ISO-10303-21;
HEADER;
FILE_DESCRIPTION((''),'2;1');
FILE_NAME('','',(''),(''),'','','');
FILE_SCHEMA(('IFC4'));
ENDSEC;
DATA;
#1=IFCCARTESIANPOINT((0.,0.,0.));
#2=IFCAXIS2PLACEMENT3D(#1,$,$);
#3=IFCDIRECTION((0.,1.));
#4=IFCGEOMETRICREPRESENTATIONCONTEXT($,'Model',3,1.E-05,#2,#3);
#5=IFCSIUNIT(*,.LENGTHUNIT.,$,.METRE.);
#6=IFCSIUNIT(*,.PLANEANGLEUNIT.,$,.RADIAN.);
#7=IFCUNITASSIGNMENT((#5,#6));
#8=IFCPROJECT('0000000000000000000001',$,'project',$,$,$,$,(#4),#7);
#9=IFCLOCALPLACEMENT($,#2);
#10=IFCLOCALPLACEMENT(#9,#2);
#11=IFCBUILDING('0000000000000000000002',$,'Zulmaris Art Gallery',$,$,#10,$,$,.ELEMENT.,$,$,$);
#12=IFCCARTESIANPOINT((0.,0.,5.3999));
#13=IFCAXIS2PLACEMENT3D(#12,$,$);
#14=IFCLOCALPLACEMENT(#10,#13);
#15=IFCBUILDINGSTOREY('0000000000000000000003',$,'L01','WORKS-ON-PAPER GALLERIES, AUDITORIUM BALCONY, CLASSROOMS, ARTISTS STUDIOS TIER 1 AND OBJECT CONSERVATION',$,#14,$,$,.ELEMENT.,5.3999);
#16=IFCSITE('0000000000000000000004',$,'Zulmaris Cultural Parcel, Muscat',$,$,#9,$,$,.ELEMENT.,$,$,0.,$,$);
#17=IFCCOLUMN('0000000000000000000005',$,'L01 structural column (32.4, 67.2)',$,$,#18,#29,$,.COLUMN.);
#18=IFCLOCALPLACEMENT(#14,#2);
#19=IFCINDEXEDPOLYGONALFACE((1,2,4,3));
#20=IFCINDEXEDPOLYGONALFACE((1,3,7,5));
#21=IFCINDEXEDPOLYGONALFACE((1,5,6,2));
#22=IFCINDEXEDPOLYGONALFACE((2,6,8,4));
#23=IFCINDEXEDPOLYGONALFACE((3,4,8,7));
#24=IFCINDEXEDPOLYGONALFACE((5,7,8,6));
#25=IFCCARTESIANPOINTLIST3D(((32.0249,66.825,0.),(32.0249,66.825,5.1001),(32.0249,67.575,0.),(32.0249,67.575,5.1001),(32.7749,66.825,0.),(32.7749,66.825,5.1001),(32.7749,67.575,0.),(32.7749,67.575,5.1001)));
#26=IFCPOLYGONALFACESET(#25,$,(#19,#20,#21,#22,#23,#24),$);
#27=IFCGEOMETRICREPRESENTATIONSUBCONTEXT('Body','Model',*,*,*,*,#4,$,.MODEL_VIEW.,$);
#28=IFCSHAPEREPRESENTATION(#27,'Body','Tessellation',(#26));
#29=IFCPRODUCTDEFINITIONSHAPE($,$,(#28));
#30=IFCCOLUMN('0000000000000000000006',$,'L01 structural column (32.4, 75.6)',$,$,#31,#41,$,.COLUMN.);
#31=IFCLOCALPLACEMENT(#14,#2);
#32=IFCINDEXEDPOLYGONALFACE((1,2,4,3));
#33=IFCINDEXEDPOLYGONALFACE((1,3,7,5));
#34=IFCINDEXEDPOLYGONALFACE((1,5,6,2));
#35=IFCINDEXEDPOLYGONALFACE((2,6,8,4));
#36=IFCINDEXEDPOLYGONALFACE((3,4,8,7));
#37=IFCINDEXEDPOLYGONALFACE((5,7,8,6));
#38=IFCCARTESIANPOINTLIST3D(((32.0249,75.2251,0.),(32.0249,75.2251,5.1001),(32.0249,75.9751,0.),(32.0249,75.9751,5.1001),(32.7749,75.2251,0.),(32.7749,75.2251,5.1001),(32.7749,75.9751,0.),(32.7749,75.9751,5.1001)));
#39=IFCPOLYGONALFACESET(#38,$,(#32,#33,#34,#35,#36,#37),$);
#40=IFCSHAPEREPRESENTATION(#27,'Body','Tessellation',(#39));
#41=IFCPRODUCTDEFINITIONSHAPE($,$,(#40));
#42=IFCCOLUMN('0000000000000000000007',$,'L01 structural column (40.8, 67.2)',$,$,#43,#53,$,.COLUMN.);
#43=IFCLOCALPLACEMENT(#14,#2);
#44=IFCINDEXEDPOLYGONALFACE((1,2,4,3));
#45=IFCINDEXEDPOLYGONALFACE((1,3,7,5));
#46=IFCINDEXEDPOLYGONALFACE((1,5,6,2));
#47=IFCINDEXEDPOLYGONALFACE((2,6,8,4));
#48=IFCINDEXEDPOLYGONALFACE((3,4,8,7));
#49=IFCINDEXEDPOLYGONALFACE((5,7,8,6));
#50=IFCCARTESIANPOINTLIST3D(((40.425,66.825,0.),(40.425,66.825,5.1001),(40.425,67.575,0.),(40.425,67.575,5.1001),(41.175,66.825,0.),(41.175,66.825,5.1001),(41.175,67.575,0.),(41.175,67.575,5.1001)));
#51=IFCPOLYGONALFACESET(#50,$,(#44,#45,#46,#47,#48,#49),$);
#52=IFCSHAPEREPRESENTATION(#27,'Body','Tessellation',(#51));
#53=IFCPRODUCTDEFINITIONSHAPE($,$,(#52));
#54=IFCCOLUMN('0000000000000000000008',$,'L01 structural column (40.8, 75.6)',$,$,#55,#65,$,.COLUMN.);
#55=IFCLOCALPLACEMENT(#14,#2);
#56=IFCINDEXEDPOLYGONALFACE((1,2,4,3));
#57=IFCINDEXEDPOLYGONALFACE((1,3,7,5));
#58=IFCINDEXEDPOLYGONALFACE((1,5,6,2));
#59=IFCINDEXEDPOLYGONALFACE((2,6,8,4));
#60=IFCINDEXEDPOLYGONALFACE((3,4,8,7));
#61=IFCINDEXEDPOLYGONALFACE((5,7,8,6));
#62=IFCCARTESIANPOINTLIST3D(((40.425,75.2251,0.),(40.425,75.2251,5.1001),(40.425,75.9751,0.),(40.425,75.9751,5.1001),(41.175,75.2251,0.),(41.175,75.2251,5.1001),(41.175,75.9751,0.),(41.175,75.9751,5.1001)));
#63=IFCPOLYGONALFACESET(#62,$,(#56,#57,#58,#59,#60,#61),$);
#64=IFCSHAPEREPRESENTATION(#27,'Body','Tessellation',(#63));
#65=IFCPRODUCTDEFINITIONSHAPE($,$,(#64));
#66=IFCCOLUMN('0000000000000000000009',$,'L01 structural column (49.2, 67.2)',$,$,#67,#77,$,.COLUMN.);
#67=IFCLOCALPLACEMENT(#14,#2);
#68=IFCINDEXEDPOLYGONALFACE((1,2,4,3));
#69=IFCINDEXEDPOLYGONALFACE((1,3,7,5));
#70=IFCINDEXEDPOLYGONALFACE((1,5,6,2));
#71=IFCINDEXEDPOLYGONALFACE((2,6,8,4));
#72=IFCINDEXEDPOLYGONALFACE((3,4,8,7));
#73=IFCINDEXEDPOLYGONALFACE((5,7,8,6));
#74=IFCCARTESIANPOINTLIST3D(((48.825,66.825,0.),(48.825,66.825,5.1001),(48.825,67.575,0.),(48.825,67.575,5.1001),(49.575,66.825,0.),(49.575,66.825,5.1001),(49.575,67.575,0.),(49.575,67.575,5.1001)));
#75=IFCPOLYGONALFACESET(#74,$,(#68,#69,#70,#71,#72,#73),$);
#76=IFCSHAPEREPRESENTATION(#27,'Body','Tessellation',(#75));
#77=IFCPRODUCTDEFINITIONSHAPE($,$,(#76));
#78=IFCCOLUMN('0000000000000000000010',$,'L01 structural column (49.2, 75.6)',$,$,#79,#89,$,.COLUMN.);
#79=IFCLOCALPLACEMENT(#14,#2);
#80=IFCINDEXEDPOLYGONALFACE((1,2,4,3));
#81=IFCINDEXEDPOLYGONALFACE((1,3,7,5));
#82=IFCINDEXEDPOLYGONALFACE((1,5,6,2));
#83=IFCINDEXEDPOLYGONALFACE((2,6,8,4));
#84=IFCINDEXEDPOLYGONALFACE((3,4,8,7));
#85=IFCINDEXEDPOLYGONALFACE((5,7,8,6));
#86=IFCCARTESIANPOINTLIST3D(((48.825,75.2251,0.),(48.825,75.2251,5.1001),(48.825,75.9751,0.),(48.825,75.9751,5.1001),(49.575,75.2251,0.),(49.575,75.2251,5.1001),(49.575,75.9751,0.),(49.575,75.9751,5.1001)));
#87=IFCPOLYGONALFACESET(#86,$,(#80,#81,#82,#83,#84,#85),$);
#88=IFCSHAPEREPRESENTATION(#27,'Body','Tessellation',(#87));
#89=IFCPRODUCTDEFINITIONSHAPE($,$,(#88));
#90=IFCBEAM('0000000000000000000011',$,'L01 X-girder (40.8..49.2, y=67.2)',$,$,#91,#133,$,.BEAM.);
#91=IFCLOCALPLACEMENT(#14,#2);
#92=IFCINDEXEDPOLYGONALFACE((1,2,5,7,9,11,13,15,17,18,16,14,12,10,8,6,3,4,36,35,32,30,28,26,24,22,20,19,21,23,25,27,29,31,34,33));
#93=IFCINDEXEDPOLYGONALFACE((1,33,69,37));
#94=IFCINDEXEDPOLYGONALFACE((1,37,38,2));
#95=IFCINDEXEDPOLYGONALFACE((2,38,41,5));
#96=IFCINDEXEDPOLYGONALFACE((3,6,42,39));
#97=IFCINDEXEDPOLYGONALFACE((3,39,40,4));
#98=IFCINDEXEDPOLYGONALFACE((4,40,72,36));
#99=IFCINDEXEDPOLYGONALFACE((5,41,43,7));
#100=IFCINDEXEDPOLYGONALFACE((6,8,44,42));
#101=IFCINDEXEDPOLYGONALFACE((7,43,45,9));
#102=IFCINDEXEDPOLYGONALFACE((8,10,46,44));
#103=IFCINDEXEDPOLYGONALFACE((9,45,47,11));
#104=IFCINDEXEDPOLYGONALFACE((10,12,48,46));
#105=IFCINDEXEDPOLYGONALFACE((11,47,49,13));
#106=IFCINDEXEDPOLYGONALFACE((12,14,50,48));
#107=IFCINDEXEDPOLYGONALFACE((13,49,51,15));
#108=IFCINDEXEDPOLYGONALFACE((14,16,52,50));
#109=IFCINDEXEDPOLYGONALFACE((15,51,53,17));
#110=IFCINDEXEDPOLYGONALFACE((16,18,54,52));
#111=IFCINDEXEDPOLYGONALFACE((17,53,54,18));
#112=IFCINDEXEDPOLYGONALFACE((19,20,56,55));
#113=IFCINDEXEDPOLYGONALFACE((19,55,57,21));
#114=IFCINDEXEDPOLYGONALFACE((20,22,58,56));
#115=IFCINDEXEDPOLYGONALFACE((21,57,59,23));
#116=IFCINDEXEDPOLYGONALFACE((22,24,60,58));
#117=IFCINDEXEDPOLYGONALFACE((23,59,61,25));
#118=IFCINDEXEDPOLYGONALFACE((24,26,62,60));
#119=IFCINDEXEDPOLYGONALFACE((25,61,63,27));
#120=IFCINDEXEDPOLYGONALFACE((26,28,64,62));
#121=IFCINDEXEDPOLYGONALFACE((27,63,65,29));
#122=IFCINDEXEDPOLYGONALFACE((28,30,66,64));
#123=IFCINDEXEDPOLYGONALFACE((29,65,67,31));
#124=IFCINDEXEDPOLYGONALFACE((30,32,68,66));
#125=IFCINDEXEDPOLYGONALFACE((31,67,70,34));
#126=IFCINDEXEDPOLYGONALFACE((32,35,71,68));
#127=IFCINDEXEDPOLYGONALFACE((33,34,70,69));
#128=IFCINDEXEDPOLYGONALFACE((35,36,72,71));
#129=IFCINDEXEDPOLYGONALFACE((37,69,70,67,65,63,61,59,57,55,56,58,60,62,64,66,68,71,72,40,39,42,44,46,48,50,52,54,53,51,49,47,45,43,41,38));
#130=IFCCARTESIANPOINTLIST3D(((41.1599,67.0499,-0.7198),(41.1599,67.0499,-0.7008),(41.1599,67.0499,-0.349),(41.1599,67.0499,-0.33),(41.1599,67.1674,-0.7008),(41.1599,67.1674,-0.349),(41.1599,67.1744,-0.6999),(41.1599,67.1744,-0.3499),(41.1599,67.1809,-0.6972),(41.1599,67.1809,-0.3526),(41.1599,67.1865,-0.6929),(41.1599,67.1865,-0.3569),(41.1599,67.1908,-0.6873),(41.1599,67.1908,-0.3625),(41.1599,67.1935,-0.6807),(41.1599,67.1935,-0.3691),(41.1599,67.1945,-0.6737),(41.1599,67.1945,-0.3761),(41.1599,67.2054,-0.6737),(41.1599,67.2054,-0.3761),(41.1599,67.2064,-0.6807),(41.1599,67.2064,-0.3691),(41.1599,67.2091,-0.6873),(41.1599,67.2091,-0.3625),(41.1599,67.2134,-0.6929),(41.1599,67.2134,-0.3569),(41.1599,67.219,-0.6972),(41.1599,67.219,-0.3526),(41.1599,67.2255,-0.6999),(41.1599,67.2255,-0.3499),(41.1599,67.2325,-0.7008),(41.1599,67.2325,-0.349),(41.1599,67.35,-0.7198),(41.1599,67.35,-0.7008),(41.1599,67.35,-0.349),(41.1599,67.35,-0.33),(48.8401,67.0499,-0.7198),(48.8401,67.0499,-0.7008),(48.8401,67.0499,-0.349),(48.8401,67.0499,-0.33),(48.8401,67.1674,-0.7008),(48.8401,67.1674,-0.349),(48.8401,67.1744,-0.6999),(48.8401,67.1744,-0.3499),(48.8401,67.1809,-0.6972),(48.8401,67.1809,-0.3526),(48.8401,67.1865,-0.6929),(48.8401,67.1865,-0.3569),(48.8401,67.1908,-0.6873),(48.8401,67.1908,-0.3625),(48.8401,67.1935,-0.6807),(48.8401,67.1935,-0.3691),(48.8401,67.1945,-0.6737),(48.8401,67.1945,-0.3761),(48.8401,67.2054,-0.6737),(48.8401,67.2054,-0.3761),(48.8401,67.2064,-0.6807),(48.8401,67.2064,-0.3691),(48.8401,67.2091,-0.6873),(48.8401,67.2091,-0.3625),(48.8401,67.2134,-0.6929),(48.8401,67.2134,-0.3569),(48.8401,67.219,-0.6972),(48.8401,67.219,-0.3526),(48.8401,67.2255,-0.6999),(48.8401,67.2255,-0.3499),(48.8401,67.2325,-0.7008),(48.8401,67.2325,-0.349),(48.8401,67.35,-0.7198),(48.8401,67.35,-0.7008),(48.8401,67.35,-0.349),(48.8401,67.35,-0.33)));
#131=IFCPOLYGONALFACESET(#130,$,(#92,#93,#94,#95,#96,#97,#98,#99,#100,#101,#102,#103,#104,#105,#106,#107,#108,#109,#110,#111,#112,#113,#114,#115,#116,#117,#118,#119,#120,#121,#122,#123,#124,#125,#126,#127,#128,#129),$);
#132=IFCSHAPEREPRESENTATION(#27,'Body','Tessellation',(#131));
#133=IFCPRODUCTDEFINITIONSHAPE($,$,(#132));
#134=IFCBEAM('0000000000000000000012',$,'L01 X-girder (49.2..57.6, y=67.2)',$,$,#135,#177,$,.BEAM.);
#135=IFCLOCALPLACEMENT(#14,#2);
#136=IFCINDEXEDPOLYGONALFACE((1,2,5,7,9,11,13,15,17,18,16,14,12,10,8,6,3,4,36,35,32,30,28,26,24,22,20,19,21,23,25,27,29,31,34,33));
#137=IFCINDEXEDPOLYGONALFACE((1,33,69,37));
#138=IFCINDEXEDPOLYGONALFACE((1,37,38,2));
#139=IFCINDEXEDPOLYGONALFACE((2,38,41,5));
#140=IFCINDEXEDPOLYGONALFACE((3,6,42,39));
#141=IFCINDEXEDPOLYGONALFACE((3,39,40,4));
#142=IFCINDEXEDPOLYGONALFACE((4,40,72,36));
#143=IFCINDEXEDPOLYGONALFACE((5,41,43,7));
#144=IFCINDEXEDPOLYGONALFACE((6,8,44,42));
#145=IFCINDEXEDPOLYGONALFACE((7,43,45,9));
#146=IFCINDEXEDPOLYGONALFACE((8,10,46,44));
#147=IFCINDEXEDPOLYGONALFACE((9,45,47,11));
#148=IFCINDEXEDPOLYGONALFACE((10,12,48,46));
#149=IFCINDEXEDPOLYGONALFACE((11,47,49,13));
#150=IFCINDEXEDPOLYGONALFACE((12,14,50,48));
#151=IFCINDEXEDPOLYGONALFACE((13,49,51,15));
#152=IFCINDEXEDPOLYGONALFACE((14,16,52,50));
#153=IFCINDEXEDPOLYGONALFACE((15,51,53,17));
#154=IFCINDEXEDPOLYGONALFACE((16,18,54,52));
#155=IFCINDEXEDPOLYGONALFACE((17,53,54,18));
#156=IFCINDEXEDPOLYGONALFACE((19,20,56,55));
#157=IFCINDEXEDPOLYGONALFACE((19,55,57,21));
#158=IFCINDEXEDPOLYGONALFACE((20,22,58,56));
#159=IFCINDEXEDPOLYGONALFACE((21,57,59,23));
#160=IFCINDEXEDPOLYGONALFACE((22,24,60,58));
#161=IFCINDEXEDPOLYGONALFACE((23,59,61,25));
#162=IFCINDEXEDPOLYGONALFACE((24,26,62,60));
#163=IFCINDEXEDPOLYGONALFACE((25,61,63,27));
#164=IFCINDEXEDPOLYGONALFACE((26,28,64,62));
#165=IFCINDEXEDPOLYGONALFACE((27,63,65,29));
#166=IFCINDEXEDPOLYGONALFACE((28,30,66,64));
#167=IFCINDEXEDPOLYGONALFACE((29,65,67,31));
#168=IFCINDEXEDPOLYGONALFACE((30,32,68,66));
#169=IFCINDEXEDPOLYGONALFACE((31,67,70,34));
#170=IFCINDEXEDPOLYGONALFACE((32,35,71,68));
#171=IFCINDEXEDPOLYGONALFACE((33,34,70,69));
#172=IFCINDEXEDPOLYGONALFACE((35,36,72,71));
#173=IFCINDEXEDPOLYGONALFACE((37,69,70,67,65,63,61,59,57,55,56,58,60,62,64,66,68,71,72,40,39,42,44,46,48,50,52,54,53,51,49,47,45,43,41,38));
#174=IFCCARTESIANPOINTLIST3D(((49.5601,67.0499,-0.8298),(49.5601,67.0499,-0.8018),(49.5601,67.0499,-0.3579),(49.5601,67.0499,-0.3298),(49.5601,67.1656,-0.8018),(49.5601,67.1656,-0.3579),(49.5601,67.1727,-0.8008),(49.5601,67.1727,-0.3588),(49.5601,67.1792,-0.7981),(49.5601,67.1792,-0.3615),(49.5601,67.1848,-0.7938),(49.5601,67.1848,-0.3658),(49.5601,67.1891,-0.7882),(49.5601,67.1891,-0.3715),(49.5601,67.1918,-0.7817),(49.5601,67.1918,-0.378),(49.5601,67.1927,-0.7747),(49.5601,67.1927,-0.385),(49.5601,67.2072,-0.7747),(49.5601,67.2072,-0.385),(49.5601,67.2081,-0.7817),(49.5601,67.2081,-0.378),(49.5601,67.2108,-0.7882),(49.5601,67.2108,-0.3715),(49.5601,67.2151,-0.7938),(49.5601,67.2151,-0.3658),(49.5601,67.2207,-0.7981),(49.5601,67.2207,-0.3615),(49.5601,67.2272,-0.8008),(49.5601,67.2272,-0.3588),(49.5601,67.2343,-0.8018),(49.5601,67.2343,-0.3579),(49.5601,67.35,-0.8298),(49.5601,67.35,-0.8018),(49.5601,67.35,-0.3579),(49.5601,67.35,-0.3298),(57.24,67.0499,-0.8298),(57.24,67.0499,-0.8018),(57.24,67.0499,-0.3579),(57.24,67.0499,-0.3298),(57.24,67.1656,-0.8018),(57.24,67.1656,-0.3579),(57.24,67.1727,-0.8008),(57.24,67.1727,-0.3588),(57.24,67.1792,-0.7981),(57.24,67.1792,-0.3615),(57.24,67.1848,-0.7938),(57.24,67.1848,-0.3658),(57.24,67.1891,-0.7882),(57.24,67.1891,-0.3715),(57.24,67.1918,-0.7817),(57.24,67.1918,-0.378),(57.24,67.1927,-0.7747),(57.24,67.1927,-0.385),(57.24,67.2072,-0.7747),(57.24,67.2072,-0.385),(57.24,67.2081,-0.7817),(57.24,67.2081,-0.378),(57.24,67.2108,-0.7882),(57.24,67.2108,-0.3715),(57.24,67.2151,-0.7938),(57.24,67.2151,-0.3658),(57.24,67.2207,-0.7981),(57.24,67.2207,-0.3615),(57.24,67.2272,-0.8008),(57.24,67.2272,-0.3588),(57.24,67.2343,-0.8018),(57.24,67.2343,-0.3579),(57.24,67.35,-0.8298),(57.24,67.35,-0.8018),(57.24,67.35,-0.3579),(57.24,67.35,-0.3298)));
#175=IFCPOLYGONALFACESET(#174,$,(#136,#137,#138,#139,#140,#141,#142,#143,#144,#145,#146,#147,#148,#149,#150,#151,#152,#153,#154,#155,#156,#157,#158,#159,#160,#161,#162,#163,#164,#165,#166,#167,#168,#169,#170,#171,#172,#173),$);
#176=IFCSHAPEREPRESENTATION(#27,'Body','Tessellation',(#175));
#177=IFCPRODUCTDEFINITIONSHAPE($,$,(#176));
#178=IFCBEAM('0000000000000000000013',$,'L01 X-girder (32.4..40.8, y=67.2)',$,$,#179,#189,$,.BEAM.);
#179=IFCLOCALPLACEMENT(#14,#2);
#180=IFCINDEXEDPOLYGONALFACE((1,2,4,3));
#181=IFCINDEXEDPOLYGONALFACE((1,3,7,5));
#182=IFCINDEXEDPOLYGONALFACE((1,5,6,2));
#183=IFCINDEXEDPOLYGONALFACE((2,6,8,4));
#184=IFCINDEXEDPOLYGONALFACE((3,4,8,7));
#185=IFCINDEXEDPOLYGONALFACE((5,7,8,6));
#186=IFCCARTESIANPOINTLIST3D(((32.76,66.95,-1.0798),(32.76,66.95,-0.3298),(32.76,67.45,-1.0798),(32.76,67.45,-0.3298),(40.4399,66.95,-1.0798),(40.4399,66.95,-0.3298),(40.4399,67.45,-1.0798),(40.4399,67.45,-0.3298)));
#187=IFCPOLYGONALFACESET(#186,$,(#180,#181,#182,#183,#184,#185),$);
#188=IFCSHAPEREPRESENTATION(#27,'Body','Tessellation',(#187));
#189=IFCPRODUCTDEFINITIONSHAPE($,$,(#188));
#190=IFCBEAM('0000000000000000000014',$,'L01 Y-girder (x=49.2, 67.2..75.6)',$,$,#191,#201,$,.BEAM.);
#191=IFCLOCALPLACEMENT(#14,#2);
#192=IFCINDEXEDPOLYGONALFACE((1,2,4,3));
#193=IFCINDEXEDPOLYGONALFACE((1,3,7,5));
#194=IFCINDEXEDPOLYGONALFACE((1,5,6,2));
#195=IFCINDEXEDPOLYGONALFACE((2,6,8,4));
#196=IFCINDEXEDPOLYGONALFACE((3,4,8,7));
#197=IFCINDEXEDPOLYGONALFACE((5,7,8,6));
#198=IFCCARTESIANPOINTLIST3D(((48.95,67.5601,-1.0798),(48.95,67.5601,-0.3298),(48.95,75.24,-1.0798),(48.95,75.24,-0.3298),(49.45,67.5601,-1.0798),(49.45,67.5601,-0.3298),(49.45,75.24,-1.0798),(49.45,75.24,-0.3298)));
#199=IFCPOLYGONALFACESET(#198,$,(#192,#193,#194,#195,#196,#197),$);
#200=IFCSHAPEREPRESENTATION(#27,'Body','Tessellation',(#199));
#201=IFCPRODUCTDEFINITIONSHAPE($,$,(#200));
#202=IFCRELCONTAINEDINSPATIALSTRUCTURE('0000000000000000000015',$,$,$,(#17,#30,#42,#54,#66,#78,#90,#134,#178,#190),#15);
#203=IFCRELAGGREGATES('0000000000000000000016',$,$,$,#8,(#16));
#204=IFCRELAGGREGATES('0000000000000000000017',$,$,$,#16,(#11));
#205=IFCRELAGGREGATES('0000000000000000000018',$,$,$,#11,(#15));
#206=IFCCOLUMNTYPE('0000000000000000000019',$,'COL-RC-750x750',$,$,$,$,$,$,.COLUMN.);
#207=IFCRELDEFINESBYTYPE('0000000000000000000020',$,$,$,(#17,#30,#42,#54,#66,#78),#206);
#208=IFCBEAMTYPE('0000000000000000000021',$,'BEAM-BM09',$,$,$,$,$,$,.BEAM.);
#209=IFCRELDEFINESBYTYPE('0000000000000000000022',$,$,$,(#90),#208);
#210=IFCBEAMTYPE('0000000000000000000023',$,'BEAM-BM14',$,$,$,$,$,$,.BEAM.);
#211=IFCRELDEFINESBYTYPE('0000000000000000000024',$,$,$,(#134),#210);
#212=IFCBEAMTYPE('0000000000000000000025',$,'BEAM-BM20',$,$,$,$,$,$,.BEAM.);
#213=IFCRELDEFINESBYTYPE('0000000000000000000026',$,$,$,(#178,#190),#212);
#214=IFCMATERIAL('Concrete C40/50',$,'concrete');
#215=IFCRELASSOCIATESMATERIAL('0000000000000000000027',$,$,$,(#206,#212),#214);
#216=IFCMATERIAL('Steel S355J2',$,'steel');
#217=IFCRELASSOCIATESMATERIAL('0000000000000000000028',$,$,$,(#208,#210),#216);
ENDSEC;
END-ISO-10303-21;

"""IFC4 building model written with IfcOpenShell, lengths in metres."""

from ifc_helpers import new_model, si_unit, direction, frame, origin, origin_2d, place, context, subcontext, project, spatial, rectangle, i_section, extrude, material, material_profile, profile_set, type_object, element, save


model = new_model("IFC4")

# Units and contexts
model_context = context("Model", 3, precision=1e-05, world=origin(), true_north=direction((0.0, 1.0)))
body_context = subcontext(model_context, "Body", "Model", "MODEL_VIEW")
ifc_project = project(units=[si_unit("LENGTHUNIT", "METRE"), si_unit("PLANEANGLEUNIT", "RADIAN")], contexts=[model_context])

# Site, building, storey
site_placement = place(None, origin())
site = spatial("IfcSite", under=ifc_project, at=site_placement, Name="Zulmaris Cultural Parcel, Muscat", CompositionType="ELEMENT", RefElevation=0.0)
building_placement = place(site_placement, origin())
building = spatial("IfcBuilding", under=site, at=building_placement, Name="Zulmaris Art Gallery", CompositionType="ELEMENT")
storey_placement = place(building_placement, frame((0.0, 0.0, 5.3999)))
storey = spatial("IfcBuildingStorey", under=building, at=storey_placement, Name="L01", Description="WORKS-ON-PAPER GALLERIES, AUDITORIUM BALCONY, CLASSROOMS, ARTISTS STUDIOS TIER 1 AND OBJECT CONSERVATION", CompositionType="ELEMENT", Elevation=5.3999)

# Columns
ifc_material_1 = material(Name="Concrete C40/50", Category="concrete")
ifc_material_profile_1 = material_profile(ifc_material_1, rectangle(XDim=0.75, YDim=0.75, at=origin_2d()), Name="RC 750x750")
ifc_profile_set_1 = profile_set([ifc_material_profile_1], Name="Concrete C40/50")
column_type = type_object("IfcColumnType", Name="COL-RC-750x750", PredefinedType="COLUMN", material=ifc_profile_set_1)
for number, where, z_axis, x_axis, name in (
    (1, (32.3999, 67.2, 0.0), (0.0, 0.0, 1.0), (1.0, 0.0, 0.0), "L01 structural column (32.4, 67.2)"),
    (2, (32.3999, 75.6001, 0.0), (0.0, 0.0, 1.0), (1.0, 0.0, 0.0), "L01 structural column (32.4, 75.6)"),
    (3, (40.8, 67.2, 0.0), (0.0, 0.0, 1.0), (1.0, 0.0, 0.0), "L01 structural column (40.8, 67.2)"),
    (4, (40.8, 75.6001, 0.0), (0.0, 0.0, 1.0), (1.0, 0.0, 0.0), "L01 structural column (40.8, 75.6)"),
    (5, (49.2, 67.2, 0.0), (0.0, 0.0, 1.0), (1.0, 0.0, 0.0), "L01 structural column (49.2, 67.2)"),
    (6, (49.2, 75.6001, 0.0), (0.0, 0.0, 1.0), (1.0, 0.0, 0.0), "L01 structural column (49.2, 75.6)"),
):
    element("IfcColumn", number, at=place(storey_placement, frame(where, z_axis=z_axis, x_axis=x_axis)), inside=storey, type_object=column_type, Name=name, PredefinedType="COLUMN", context=body_context, shape_type="SweptSolid", body=[
        extrude(rectangle(XDim=0.75, YDim=0.75, at=origin_2d()), origin(), (0.0, 0.0, 1.0), 5.1001),
    ])

# Beams
ifc_material_2 = material(Name="Steel S355J2", Category="steel")
ifc_material_profile_2 = material_profile(ifc_material_2, i_section(OverallWidth=0.3, OverallDepth=0.3899, WebThickness=0.011, FlangeThickness=0.019, FilletRadius=0.0271, at=origin_2d()), Name="HEA 400")
ifc_profile_set_2 = profile_set([ifc_material_profile_2], Name="Steel S355J2")
beam_type_1 = type_object("IfcBeamType", Name="BEAM-BM09", PredefinedType="BEAM", material=ifc_profile_set_2)
beam_1_placement = place(storey_placement, frame((41.1599, 67.2, -0.5249), z_axis=(1.0, 0.0, 0.0), x_axis=(0.0, 1.0, 0.0)))
element("IfcBeam", 7, at=beam_1_placement, inside=storey, type_object=beam_type_1, Name="L01 X-girder (40.8..49.2, y=67.2)", PredefinedType="BEAM", context=body_context, shape_type="SweptSolid", body=[
    extrude(i_section(OverallWidth=0.3, OverallDepth=0.3899, WebThickness=0.011, FlangeThickness=0.019, FilletRadius=0.0271, at=origin_2d()), origin(), (0.0, 0.0, 1.0), 7.6802),
])
ifc_material_profile_3 = material_profile(ifc_material_2, i_section(OverallWidth=0.3, OverallDepth=0.5, WebThickness=0.0144, FlangeThickness=0.0281, FilletRadius=0.0271, at=origin_2d()), Name="HEB 500")
ifc_profile_set_3 = profile_set([ifc_material_profile_3], Name="Steel S355J2")
beam_type_2 = type_object("IfcBeamType", Name="BEAM-BM14", PredefinedType="BEAM", material=ifc_profile_set_3)
beam_2_placement = place(storey_placement, frame((49.5601, 67.2, -0.5798), z_axis=(1.0, 0.0, 0.0), x_axis=(0.0, 1.0, 0.0)))
element("IfcBeam", 8, at=beam_2_placement, inside=storey, type_object=beam_type_2, Name="L01 X-girder (49.2..57.6, y=67.2)", PredefinedType="BEAM", context=body_context, shape_type="SweptSolid", body=[
    extrude(i_section(OverallWidth=0.3, OverallDepth=0.5, WebThickness=0.0144, FlangeThickness=0.0281, FilletRadius=0.0271, at=origin_2d()), origin(), (0.0, 0.0, 1.0), 7.6799),
])
ifc_material_profile_4 = material_profile(ifc_material_1, rectangle(XDim=0.5, YDim=0.75, at=origin_2d()), Name="RC 500x750")
ifc_profile_set_4 = profile_set([ifc_material_profile_4], Name="Concrete C40/50")
beam_type_3 = type_object("IfcBeamType", Name="BEAM-BM20", PredefinedType="BEAM", material=ifc_profile_set_4)
for number, where, z_axis, x_axis, name in (
    (9, (32.76, 67.2, -0.7048), (1.0, 0.0, 0.0), (0.0, 1.0, 0.0), "L01 X-girder (32.4..40.8, y=67.2)"),
    (10, (49.2, 67.5601, -0.7048), (0.0, 1.0, 0.0), (-1.0, 0.0, 0.0), "L01 Y-girder (x=49.2, 67.2..75.6)"),
):
    element("IfcBeam", number, at=place(storey_placement, frame(where, z_axis=z_axis, x_axis=x_axis)), inside=storey, type_object=beam_type_3, Name=name, PredefinedType="BEAM", context=body_context, shape_type="SweptSolid", body=[
        extrude(rectangle(XDim=0.5, YDim=0.75, at=origin_2d()), origin(), (0.0, 0.0, 1.0), 7.6799),
    ])

save(model, "model.ifc")
